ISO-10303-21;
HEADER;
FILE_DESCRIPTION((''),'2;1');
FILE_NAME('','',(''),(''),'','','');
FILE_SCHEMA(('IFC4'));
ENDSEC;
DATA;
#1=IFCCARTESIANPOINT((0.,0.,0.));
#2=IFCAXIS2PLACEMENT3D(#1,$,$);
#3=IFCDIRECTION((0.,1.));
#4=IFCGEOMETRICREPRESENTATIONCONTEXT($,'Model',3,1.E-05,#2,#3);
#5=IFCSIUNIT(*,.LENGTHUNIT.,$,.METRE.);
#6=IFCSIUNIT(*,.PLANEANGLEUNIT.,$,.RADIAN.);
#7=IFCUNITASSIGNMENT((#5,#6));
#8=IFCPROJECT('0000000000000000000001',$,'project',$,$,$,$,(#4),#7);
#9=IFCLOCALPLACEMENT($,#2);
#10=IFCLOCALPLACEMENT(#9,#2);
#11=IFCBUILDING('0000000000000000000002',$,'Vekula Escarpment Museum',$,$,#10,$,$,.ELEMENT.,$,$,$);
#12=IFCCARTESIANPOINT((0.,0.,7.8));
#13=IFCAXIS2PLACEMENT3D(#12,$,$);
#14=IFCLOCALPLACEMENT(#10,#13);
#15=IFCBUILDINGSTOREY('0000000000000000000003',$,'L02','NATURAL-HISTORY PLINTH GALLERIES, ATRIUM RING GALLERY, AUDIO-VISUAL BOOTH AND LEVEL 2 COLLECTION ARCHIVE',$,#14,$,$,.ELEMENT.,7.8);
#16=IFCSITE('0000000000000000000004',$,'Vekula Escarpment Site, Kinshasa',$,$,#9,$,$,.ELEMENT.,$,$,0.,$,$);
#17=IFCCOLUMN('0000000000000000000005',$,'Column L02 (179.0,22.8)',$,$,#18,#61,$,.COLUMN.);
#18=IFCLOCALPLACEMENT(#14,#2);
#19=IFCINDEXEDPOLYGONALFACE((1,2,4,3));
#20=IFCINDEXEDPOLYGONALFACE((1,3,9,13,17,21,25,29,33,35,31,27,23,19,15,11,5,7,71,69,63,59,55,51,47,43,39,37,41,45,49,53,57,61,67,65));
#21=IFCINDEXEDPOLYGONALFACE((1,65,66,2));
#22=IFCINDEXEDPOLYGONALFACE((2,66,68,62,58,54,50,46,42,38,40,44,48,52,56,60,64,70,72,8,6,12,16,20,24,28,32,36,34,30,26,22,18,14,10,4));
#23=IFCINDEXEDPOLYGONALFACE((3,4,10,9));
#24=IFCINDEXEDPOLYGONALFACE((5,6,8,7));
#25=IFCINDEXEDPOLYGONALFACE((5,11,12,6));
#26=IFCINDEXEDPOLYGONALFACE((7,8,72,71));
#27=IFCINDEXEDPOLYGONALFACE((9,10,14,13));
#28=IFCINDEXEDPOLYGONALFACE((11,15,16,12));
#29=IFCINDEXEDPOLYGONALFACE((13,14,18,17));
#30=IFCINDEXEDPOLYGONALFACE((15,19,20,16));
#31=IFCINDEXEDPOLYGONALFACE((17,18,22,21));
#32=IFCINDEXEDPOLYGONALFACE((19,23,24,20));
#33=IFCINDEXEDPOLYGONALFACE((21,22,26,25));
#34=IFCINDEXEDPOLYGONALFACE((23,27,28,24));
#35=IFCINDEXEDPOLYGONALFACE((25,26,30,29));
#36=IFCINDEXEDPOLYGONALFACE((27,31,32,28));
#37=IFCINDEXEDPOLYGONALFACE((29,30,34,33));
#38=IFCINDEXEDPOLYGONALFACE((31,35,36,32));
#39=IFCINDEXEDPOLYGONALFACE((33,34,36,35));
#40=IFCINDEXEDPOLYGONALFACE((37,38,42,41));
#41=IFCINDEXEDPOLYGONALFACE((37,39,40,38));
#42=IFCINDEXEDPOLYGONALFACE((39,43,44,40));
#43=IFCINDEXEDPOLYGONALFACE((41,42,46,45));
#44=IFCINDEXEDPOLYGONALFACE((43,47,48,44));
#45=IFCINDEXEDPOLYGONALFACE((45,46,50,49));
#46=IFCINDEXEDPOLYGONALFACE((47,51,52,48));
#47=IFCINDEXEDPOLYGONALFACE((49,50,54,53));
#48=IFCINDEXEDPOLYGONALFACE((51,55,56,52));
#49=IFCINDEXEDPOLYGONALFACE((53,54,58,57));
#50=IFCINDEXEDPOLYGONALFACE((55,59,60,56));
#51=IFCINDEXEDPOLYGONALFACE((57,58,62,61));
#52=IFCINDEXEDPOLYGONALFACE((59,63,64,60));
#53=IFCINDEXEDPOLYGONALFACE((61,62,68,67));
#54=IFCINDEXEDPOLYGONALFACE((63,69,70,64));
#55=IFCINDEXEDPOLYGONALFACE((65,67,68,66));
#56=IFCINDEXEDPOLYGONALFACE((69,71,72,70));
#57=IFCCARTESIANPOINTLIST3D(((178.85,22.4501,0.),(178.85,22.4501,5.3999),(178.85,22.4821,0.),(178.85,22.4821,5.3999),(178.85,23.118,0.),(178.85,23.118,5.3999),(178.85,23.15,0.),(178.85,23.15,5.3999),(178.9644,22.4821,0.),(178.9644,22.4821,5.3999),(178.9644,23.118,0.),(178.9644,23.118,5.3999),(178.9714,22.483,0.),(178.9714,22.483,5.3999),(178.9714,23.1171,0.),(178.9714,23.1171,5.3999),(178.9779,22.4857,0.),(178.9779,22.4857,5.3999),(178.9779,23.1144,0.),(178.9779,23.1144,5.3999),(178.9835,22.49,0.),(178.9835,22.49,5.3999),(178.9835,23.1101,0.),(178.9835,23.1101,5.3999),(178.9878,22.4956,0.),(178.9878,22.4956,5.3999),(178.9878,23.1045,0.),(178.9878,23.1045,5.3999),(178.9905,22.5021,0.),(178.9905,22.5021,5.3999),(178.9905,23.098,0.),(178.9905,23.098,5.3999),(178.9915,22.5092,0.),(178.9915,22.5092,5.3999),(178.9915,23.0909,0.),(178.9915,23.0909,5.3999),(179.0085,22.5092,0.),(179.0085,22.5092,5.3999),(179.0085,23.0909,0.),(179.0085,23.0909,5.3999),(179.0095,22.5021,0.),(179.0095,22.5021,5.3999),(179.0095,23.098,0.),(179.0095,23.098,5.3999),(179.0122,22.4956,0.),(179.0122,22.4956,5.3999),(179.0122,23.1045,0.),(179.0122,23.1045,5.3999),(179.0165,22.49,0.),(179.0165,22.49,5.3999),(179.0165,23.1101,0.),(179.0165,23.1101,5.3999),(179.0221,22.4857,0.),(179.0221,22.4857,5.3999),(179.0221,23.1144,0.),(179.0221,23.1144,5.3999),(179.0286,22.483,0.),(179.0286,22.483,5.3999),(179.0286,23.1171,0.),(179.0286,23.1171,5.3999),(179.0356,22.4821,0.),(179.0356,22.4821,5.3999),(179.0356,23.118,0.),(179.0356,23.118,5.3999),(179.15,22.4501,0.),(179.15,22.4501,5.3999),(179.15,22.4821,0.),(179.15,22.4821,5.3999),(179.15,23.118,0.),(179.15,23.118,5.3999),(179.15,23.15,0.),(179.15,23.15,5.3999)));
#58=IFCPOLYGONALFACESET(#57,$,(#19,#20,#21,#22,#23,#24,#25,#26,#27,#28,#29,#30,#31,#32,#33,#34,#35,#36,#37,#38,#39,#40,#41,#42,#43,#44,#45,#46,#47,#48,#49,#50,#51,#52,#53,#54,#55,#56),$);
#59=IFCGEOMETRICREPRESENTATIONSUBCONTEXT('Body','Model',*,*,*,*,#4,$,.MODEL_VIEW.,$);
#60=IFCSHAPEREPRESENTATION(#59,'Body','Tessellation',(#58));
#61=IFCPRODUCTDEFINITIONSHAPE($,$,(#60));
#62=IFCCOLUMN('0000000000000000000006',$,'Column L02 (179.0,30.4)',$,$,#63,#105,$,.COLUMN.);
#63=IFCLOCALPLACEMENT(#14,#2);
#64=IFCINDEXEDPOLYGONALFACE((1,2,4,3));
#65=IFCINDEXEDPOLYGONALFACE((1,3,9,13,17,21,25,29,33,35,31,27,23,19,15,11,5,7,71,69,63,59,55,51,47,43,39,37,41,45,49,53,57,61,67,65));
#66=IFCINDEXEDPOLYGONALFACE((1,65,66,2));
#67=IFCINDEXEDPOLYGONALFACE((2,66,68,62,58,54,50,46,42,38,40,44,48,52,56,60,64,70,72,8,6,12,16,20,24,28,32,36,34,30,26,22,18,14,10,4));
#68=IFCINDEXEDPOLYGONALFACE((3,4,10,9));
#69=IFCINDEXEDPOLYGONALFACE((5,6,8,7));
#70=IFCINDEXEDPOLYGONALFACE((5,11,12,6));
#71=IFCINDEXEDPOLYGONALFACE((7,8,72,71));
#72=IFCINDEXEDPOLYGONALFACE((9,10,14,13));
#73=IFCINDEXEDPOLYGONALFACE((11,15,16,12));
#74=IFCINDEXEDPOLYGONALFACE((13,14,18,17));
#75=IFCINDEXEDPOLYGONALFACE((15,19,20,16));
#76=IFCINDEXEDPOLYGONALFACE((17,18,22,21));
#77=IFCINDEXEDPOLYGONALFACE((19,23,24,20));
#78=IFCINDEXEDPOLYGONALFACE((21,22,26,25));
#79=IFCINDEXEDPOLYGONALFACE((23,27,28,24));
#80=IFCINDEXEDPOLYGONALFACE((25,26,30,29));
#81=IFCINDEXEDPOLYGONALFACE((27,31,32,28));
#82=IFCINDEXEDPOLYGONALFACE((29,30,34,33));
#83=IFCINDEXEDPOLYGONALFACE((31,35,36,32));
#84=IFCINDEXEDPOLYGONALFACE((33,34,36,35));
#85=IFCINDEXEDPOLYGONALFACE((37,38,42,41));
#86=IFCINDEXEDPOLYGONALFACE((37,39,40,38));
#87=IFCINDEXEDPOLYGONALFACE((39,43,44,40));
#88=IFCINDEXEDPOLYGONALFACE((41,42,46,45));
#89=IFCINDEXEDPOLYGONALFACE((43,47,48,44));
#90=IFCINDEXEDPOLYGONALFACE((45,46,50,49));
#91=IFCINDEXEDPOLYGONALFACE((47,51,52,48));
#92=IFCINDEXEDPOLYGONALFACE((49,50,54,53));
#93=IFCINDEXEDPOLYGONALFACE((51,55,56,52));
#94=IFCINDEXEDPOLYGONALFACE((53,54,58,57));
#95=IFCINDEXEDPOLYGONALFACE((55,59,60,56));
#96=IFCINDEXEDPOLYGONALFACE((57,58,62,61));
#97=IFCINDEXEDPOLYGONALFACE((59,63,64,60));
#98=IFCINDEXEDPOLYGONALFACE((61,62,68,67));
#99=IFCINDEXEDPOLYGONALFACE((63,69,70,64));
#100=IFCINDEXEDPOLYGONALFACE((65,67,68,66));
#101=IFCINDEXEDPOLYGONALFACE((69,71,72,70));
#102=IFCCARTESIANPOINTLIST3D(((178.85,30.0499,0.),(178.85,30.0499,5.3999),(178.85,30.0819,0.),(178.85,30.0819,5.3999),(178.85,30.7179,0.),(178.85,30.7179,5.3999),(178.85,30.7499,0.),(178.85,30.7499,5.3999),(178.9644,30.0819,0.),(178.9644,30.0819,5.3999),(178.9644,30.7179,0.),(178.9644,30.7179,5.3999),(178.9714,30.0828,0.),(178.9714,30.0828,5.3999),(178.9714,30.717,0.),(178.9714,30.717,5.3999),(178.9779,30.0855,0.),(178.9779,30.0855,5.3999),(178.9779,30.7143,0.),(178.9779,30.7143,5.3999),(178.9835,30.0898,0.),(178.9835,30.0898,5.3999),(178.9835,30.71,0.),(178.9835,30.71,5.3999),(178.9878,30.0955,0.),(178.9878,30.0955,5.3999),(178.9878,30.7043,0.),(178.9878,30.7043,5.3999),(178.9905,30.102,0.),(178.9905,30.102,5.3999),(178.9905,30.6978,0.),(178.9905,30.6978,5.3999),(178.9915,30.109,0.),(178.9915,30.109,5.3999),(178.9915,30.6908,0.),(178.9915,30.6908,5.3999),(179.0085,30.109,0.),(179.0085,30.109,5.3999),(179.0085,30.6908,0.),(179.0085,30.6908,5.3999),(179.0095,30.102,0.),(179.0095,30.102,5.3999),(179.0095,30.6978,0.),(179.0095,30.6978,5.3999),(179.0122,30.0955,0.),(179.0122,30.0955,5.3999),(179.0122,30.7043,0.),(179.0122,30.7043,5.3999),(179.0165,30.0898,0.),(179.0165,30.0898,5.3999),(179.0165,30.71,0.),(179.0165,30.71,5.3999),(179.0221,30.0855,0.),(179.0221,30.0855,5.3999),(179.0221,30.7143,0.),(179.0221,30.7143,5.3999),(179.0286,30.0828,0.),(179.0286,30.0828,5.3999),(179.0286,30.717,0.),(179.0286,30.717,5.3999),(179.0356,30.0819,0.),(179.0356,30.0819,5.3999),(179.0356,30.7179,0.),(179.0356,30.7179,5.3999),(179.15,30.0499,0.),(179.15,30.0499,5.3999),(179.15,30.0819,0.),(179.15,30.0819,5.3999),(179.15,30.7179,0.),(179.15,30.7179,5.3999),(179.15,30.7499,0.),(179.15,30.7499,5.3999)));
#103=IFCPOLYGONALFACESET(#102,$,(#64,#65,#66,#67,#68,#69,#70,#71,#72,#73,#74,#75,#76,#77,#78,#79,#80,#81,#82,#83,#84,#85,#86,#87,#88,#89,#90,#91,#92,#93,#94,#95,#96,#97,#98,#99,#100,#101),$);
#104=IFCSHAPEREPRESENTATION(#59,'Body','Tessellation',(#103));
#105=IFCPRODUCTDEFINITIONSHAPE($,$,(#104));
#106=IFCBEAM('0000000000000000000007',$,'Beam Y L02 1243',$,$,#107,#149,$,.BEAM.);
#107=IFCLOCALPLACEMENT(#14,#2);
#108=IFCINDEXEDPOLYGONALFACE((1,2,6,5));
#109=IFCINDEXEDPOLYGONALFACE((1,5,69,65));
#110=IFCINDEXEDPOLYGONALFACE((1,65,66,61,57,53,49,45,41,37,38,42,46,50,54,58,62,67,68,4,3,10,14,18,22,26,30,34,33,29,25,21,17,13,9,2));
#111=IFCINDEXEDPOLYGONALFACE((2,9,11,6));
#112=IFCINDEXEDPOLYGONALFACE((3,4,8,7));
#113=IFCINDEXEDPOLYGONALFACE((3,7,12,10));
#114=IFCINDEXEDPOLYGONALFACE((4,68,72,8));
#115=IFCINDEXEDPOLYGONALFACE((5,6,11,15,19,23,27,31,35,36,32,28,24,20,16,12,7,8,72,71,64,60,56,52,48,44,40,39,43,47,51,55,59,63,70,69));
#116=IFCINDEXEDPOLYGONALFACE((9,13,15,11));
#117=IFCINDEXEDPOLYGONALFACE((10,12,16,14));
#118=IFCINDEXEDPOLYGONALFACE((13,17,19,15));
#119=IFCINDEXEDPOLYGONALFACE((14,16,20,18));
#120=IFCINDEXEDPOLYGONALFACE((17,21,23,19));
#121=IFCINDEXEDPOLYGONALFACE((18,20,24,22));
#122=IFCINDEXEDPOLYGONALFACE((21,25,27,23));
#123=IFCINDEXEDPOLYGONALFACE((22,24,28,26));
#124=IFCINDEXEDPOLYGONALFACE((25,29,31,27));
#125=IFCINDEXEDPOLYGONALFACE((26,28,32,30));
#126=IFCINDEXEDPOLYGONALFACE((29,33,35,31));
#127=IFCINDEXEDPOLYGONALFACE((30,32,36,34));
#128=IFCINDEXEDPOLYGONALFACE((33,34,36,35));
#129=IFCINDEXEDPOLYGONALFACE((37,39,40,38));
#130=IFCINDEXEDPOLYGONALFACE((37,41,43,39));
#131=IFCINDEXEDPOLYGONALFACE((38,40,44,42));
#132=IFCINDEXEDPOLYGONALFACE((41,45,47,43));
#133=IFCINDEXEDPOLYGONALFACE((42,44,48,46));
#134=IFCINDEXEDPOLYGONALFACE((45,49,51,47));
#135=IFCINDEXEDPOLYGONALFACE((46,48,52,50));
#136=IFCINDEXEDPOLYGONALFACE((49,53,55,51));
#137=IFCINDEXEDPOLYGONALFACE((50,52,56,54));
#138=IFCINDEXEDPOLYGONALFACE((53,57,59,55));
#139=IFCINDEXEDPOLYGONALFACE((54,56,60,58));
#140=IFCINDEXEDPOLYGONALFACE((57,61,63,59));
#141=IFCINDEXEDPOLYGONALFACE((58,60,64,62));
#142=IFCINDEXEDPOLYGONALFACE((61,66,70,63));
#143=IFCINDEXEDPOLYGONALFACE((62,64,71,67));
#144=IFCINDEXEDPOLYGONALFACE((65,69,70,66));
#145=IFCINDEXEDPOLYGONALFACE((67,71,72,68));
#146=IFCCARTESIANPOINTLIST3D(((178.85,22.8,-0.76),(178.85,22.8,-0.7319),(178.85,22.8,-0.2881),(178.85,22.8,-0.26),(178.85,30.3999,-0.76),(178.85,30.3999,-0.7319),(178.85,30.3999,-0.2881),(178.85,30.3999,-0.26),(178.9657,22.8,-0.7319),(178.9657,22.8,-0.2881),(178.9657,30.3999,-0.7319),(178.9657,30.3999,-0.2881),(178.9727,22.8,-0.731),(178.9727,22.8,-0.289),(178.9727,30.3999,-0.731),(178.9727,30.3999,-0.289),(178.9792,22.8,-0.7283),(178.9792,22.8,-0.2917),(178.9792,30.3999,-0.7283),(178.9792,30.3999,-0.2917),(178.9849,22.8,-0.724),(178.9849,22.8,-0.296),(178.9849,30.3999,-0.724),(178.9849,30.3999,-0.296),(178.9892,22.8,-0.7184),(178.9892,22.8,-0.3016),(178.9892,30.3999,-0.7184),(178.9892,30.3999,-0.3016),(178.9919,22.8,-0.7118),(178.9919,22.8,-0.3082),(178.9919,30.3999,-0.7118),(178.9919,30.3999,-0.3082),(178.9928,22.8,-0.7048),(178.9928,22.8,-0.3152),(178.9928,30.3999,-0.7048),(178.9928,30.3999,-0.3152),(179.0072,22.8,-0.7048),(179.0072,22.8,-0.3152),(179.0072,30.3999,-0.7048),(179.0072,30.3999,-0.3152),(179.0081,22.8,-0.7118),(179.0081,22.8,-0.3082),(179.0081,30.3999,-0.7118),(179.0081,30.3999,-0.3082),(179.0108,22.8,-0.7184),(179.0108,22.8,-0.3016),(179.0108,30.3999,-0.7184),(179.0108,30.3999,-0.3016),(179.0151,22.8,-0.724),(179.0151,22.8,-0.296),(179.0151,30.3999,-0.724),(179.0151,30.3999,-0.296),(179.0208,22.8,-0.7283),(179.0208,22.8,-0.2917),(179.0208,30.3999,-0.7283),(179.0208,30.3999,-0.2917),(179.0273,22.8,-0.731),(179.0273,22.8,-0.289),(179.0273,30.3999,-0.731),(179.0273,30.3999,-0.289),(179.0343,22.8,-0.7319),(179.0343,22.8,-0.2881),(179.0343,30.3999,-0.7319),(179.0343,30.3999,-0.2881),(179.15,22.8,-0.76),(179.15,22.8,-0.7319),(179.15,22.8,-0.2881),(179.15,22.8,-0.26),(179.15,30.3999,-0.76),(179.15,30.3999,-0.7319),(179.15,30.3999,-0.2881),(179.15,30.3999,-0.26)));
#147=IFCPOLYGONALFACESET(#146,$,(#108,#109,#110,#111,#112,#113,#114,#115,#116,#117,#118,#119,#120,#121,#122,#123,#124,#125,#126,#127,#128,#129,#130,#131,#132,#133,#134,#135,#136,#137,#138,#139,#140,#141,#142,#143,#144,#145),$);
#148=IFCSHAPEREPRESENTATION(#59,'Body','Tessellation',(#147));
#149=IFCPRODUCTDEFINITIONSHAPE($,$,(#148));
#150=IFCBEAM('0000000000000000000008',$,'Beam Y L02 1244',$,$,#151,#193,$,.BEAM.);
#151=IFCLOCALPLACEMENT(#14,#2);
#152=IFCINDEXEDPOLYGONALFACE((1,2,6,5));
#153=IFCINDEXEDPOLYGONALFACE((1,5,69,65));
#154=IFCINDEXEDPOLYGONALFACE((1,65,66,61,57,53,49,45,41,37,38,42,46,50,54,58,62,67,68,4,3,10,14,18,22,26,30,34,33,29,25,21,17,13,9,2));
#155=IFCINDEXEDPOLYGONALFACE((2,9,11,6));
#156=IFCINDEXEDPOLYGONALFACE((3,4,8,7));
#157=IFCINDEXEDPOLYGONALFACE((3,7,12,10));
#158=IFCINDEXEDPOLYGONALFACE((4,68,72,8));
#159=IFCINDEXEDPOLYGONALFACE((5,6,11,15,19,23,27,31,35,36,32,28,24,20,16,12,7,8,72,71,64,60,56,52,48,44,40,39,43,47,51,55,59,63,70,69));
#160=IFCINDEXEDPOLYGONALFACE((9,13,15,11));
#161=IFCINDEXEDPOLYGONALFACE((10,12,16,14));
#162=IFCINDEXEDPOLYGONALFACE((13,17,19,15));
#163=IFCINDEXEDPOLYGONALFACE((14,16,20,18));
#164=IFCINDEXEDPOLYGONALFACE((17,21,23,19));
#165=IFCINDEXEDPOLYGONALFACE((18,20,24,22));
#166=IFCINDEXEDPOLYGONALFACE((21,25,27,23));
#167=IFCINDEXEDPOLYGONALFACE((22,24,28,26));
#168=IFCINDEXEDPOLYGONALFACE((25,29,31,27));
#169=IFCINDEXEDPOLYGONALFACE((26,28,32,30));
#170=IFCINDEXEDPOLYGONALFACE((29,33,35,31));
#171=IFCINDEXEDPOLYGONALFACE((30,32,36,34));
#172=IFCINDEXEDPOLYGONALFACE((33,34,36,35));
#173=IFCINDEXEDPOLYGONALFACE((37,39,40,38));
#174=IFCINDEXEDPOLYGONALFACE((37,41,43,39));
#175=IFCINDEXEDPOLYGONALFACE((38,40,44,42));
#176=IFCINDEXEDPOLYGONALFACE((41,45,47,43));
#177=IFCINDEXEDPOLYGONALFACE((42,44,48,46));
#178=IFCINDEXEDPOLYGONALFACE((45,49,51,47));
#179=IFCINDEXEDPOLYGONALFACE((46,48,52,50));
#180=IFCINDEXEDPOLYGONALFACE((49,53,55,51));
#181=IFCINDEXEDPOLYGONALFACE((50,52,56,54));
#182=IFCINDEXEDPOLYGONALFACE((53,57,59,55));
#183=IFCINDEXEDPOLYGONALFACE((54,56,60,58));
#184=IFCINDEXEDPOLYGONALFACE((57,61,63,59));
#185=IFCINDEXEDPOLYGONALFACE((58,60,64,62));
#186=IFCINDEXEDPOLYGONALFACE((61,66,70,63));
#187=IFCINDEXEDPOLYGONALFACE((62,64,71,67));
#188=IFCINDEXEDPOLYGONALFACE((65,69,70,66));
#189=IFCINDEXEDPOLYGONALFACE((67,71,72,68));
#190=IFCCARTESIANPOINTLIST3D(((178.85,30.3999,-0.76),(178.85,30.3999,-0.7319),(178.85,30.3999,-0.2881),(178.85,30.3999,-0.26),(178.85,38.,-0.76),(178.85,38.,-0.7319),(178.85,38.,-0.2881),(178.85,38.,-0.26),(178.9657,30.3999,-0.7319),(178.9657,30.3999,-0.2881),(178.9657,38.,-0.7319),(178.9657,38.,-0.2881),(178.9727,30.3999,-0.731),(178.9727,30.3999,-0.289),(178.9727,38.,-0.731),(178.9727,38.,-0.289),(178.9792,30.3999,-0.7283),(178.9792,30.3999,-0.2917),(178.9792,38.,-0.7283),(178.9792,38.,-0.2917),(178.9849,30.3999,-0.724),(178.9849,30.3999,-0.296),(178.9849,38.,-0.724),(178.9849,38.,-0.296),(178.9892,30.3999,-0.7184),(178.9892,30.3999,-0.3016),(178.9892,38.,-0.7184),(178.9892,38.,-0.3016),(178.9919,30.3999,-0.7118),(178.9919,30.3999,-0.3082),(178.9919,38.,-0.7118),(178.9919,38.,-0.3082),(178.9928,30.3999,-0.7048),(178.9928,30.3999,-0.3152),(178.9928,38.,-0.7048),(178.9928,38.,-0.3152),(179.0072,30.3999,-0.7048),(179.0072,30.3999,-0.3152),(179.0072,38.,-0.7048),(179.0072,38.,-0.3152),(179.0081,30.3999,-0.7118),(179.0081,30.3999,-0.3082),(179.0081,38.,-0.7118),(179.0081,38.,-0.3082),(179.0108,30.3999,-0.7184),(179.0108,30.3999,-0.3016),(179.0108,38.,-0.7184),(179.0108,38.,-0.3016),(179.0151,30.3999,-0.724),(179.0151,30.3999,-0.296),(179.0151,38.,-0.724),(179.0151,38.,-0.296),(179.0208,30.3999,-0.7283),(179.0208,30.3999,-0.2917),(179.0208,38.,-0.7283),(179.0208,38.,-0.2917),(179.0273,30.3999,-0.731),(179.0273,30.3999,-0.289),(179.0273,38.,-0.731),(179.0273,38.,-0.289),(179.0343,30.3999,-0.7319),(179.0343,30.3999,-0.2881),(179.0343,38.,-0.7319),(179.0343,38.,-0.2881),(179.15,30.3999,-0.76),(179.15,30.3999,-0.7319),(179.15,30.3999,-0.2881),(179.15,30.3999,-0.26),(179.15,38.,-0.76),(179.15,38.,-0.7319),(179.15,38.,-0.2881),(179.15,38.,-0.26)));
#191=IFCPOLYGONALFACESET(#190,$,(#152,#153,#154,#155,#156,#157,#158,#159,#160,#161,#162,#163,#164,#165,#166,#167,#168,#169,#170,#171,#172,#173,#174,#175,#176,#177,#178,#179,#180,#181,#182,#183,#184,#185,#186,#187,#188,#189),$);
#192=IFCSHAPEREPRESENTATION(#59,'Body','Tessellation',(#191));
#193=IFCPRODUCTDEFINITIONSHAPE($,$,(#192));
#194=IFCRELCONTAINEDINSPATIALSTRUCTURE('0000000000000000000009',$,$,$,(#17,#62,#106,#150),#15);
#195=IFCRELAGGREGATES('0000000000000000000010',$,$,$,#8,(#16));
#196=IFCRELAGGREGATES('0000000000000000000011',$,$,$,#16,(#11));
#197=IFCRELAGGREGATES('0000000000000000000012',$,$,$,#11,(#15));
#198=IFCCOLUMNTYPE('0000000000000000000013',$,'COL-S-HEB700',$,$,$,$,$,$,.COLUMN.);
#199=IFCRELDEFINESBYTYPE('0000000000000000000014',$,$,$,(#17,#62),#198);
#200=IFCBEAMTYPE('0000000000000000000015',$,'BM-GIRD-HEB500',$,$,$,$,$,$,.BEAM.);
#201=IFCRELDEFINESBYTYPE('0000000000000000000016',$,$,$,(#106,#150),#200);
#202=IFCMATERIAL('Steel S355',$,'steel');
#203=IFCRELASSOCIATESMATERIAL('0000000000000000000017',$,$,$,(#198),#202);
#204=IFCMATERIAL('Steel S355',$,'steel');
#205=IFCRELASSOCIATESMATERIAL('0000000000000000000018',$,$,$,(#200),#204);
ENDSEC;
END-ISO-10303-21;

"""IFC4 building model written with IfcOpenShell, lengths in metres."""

from ifc_helpers import new_model, si_unit, direction, frame, origin, origin_2d, place, context, subcontext, project, spatial, i_section, extrude, material, material_profile, profile_set, type_object, element, save


model = new_model("IFC4")

# Units and contexts
model_context = context("Model", 3, precision=1e-05, world=origin(), true_north=direction((0.0, 1.0)))
body_context = subcontext(model_context, "Body", "Model", "MODEL_VIEW")
ifc_project = project(units=[si_unit("LENGTHUNIT", "METRE"), si_unit("PLANEANGLEUNIT", "RADIAN")], contexts=[model_context])

# Site, building, storey
site_placement = place(None, origin())
site = spatial("IfcSite", under=ifc_project, at=site_placement, Name="Vekula Escarpment Site, Kinshasa", CompositionType="ELEMENT", RefElevation=0.0)
building_placement = place(site_placement, origin())
building = spatial("IfcBuilding", under=site, at=building_placement, Name="Vekula Escarpment Museum", CompositionType="ELEMENT")
storey_placement = place(building_placement, frame((0.0, 0.0, 7.8)))
storey = spatial("IfcBuildingStorey", under=building, at=storey_placement, Name="L02", Description="NATURAL-HISTORY PLINTH GALLERIES, ATRIUM RING GALLERY, AUDIO-VISUAL BOOTH AND LEVEL 2 COLLECTION ARCHIVE", CompositionType="ELEMENT", Elevation=7.8)

# Columns
ifc_material_1 = material(Name="Steel S355", Category="steel")
ifc_material_profile_1 = material_profile(ifc_material_1, i_section(OverallWidth=0.3, OverallDepth=0.7, WebThickness=0.0171, FlangeThickness=0.032, FilletRadius=0.0271, at=origin_2d()), Name="HEB 700")
ifc_profile_set_1 = profile_set([ifc_material_profile_1], Name="Steel S355")
column_type = type_object("IfcColumnType", Name="COL-S-HEB700", PredefinedType="COLUMN", material=ifc_profile_set_1)
for number, where, z_axis, x_axis, name in (
    (1, (179.0, 22.8, 0.0), (0.0, 0.0, 1.0), (1.0, 0.0, 0.0), "Column L02 (179.0,22.8)"),
    (2, (179.0, 30.3999, 0.0), (0.0, 0.0, 1.0), (1.0, 0.0, 0.0), "Column L02 (179.0,30.4)"),
):
    element("IfcColumn", number, at=place(storey_placement, frame(where, z_axis=z_axis, x_axis=x_axis)), inside=storey, type_object=column_type, Name=name, PredefinedType="COLUMN", context=body_context, shape_type="SweptSolid", body=[
        extrude(i_section(OverallWidth=0.3, OverallDepth=0.7, WebThickness=0.0171, FlangeThickness=0.032, FilletRadius=0.0271, at=origin_2d()), origin(), (0.0, 0.0, 1.0), 5.3999),
    ])

# Beams
ifc_material_2 = material(Name="Steel S355", Category="steel")
ifc_material_profile_2 = material_profile(ifc_material_2, i_section(OverallWidth=0.3, OverallDepth=0.5, WebThickness=0.0144, FlangeThickness=0.0281, FilletRadius=0.0271, at=origin_2d()), Name="HEB 500")
ifc_profile_set_2 = profile_set([ifc_material_profile_2], Name="Steel S355")
beam_type_1 = type_object("IfcBeamType", Name="BM-GIRD-HEB500", PredefinedType="BEAM", material=ifc_profile_set_2)
beam_1_placement = place(storey_placement, frame((179.0, 22.8, -0.51), z_axis=(0.0, 1.0, 0.0), x_axis=(-1.0, 0.0, 0.0)))
element("IfcBeam", 3, at=beam_1_placement, inside=storey, type_object=beam_type_1, Name="Beam Y L02 1243", PredefinedType="BEAM", context=body_context, shape_type="SweptSolid", body=[
    extrude(i_section(OverallWidth=0.3, OverallDepth=0.5, WebThickness=0.0144, FlangeThickness=0.0281, FilletRadius=0.0271, at=origin_2d()), origin(), (0.0, 0.0, 1.0), 7.5999),
])
beam_2_placement = place(storey_placement, frame((179.0, 30.3999, -0.51), z_axis=(0.0, 1.0, 0.0), x_axis=(-1.0, 0.0, 0.0)))
element("IfcBeam", 4, at=beam_2_placement, inside=storey, type_object=beam_type_1, Name="Beam Y L02 1244", PredefinedType="BEAM", context=body_context, shape_type="SweptSolid", body=[
    extrude(i_section(OverallWidth=0.3, OverallDepth=0.5, WebThickness=0.0144, FlangeThickness=0.0281, FilletRadius=0.0271, at=origin_2d()), origin(), (0.0, 0.0, 1.0), 7.6001),
])

save(model, "model.ifc")
